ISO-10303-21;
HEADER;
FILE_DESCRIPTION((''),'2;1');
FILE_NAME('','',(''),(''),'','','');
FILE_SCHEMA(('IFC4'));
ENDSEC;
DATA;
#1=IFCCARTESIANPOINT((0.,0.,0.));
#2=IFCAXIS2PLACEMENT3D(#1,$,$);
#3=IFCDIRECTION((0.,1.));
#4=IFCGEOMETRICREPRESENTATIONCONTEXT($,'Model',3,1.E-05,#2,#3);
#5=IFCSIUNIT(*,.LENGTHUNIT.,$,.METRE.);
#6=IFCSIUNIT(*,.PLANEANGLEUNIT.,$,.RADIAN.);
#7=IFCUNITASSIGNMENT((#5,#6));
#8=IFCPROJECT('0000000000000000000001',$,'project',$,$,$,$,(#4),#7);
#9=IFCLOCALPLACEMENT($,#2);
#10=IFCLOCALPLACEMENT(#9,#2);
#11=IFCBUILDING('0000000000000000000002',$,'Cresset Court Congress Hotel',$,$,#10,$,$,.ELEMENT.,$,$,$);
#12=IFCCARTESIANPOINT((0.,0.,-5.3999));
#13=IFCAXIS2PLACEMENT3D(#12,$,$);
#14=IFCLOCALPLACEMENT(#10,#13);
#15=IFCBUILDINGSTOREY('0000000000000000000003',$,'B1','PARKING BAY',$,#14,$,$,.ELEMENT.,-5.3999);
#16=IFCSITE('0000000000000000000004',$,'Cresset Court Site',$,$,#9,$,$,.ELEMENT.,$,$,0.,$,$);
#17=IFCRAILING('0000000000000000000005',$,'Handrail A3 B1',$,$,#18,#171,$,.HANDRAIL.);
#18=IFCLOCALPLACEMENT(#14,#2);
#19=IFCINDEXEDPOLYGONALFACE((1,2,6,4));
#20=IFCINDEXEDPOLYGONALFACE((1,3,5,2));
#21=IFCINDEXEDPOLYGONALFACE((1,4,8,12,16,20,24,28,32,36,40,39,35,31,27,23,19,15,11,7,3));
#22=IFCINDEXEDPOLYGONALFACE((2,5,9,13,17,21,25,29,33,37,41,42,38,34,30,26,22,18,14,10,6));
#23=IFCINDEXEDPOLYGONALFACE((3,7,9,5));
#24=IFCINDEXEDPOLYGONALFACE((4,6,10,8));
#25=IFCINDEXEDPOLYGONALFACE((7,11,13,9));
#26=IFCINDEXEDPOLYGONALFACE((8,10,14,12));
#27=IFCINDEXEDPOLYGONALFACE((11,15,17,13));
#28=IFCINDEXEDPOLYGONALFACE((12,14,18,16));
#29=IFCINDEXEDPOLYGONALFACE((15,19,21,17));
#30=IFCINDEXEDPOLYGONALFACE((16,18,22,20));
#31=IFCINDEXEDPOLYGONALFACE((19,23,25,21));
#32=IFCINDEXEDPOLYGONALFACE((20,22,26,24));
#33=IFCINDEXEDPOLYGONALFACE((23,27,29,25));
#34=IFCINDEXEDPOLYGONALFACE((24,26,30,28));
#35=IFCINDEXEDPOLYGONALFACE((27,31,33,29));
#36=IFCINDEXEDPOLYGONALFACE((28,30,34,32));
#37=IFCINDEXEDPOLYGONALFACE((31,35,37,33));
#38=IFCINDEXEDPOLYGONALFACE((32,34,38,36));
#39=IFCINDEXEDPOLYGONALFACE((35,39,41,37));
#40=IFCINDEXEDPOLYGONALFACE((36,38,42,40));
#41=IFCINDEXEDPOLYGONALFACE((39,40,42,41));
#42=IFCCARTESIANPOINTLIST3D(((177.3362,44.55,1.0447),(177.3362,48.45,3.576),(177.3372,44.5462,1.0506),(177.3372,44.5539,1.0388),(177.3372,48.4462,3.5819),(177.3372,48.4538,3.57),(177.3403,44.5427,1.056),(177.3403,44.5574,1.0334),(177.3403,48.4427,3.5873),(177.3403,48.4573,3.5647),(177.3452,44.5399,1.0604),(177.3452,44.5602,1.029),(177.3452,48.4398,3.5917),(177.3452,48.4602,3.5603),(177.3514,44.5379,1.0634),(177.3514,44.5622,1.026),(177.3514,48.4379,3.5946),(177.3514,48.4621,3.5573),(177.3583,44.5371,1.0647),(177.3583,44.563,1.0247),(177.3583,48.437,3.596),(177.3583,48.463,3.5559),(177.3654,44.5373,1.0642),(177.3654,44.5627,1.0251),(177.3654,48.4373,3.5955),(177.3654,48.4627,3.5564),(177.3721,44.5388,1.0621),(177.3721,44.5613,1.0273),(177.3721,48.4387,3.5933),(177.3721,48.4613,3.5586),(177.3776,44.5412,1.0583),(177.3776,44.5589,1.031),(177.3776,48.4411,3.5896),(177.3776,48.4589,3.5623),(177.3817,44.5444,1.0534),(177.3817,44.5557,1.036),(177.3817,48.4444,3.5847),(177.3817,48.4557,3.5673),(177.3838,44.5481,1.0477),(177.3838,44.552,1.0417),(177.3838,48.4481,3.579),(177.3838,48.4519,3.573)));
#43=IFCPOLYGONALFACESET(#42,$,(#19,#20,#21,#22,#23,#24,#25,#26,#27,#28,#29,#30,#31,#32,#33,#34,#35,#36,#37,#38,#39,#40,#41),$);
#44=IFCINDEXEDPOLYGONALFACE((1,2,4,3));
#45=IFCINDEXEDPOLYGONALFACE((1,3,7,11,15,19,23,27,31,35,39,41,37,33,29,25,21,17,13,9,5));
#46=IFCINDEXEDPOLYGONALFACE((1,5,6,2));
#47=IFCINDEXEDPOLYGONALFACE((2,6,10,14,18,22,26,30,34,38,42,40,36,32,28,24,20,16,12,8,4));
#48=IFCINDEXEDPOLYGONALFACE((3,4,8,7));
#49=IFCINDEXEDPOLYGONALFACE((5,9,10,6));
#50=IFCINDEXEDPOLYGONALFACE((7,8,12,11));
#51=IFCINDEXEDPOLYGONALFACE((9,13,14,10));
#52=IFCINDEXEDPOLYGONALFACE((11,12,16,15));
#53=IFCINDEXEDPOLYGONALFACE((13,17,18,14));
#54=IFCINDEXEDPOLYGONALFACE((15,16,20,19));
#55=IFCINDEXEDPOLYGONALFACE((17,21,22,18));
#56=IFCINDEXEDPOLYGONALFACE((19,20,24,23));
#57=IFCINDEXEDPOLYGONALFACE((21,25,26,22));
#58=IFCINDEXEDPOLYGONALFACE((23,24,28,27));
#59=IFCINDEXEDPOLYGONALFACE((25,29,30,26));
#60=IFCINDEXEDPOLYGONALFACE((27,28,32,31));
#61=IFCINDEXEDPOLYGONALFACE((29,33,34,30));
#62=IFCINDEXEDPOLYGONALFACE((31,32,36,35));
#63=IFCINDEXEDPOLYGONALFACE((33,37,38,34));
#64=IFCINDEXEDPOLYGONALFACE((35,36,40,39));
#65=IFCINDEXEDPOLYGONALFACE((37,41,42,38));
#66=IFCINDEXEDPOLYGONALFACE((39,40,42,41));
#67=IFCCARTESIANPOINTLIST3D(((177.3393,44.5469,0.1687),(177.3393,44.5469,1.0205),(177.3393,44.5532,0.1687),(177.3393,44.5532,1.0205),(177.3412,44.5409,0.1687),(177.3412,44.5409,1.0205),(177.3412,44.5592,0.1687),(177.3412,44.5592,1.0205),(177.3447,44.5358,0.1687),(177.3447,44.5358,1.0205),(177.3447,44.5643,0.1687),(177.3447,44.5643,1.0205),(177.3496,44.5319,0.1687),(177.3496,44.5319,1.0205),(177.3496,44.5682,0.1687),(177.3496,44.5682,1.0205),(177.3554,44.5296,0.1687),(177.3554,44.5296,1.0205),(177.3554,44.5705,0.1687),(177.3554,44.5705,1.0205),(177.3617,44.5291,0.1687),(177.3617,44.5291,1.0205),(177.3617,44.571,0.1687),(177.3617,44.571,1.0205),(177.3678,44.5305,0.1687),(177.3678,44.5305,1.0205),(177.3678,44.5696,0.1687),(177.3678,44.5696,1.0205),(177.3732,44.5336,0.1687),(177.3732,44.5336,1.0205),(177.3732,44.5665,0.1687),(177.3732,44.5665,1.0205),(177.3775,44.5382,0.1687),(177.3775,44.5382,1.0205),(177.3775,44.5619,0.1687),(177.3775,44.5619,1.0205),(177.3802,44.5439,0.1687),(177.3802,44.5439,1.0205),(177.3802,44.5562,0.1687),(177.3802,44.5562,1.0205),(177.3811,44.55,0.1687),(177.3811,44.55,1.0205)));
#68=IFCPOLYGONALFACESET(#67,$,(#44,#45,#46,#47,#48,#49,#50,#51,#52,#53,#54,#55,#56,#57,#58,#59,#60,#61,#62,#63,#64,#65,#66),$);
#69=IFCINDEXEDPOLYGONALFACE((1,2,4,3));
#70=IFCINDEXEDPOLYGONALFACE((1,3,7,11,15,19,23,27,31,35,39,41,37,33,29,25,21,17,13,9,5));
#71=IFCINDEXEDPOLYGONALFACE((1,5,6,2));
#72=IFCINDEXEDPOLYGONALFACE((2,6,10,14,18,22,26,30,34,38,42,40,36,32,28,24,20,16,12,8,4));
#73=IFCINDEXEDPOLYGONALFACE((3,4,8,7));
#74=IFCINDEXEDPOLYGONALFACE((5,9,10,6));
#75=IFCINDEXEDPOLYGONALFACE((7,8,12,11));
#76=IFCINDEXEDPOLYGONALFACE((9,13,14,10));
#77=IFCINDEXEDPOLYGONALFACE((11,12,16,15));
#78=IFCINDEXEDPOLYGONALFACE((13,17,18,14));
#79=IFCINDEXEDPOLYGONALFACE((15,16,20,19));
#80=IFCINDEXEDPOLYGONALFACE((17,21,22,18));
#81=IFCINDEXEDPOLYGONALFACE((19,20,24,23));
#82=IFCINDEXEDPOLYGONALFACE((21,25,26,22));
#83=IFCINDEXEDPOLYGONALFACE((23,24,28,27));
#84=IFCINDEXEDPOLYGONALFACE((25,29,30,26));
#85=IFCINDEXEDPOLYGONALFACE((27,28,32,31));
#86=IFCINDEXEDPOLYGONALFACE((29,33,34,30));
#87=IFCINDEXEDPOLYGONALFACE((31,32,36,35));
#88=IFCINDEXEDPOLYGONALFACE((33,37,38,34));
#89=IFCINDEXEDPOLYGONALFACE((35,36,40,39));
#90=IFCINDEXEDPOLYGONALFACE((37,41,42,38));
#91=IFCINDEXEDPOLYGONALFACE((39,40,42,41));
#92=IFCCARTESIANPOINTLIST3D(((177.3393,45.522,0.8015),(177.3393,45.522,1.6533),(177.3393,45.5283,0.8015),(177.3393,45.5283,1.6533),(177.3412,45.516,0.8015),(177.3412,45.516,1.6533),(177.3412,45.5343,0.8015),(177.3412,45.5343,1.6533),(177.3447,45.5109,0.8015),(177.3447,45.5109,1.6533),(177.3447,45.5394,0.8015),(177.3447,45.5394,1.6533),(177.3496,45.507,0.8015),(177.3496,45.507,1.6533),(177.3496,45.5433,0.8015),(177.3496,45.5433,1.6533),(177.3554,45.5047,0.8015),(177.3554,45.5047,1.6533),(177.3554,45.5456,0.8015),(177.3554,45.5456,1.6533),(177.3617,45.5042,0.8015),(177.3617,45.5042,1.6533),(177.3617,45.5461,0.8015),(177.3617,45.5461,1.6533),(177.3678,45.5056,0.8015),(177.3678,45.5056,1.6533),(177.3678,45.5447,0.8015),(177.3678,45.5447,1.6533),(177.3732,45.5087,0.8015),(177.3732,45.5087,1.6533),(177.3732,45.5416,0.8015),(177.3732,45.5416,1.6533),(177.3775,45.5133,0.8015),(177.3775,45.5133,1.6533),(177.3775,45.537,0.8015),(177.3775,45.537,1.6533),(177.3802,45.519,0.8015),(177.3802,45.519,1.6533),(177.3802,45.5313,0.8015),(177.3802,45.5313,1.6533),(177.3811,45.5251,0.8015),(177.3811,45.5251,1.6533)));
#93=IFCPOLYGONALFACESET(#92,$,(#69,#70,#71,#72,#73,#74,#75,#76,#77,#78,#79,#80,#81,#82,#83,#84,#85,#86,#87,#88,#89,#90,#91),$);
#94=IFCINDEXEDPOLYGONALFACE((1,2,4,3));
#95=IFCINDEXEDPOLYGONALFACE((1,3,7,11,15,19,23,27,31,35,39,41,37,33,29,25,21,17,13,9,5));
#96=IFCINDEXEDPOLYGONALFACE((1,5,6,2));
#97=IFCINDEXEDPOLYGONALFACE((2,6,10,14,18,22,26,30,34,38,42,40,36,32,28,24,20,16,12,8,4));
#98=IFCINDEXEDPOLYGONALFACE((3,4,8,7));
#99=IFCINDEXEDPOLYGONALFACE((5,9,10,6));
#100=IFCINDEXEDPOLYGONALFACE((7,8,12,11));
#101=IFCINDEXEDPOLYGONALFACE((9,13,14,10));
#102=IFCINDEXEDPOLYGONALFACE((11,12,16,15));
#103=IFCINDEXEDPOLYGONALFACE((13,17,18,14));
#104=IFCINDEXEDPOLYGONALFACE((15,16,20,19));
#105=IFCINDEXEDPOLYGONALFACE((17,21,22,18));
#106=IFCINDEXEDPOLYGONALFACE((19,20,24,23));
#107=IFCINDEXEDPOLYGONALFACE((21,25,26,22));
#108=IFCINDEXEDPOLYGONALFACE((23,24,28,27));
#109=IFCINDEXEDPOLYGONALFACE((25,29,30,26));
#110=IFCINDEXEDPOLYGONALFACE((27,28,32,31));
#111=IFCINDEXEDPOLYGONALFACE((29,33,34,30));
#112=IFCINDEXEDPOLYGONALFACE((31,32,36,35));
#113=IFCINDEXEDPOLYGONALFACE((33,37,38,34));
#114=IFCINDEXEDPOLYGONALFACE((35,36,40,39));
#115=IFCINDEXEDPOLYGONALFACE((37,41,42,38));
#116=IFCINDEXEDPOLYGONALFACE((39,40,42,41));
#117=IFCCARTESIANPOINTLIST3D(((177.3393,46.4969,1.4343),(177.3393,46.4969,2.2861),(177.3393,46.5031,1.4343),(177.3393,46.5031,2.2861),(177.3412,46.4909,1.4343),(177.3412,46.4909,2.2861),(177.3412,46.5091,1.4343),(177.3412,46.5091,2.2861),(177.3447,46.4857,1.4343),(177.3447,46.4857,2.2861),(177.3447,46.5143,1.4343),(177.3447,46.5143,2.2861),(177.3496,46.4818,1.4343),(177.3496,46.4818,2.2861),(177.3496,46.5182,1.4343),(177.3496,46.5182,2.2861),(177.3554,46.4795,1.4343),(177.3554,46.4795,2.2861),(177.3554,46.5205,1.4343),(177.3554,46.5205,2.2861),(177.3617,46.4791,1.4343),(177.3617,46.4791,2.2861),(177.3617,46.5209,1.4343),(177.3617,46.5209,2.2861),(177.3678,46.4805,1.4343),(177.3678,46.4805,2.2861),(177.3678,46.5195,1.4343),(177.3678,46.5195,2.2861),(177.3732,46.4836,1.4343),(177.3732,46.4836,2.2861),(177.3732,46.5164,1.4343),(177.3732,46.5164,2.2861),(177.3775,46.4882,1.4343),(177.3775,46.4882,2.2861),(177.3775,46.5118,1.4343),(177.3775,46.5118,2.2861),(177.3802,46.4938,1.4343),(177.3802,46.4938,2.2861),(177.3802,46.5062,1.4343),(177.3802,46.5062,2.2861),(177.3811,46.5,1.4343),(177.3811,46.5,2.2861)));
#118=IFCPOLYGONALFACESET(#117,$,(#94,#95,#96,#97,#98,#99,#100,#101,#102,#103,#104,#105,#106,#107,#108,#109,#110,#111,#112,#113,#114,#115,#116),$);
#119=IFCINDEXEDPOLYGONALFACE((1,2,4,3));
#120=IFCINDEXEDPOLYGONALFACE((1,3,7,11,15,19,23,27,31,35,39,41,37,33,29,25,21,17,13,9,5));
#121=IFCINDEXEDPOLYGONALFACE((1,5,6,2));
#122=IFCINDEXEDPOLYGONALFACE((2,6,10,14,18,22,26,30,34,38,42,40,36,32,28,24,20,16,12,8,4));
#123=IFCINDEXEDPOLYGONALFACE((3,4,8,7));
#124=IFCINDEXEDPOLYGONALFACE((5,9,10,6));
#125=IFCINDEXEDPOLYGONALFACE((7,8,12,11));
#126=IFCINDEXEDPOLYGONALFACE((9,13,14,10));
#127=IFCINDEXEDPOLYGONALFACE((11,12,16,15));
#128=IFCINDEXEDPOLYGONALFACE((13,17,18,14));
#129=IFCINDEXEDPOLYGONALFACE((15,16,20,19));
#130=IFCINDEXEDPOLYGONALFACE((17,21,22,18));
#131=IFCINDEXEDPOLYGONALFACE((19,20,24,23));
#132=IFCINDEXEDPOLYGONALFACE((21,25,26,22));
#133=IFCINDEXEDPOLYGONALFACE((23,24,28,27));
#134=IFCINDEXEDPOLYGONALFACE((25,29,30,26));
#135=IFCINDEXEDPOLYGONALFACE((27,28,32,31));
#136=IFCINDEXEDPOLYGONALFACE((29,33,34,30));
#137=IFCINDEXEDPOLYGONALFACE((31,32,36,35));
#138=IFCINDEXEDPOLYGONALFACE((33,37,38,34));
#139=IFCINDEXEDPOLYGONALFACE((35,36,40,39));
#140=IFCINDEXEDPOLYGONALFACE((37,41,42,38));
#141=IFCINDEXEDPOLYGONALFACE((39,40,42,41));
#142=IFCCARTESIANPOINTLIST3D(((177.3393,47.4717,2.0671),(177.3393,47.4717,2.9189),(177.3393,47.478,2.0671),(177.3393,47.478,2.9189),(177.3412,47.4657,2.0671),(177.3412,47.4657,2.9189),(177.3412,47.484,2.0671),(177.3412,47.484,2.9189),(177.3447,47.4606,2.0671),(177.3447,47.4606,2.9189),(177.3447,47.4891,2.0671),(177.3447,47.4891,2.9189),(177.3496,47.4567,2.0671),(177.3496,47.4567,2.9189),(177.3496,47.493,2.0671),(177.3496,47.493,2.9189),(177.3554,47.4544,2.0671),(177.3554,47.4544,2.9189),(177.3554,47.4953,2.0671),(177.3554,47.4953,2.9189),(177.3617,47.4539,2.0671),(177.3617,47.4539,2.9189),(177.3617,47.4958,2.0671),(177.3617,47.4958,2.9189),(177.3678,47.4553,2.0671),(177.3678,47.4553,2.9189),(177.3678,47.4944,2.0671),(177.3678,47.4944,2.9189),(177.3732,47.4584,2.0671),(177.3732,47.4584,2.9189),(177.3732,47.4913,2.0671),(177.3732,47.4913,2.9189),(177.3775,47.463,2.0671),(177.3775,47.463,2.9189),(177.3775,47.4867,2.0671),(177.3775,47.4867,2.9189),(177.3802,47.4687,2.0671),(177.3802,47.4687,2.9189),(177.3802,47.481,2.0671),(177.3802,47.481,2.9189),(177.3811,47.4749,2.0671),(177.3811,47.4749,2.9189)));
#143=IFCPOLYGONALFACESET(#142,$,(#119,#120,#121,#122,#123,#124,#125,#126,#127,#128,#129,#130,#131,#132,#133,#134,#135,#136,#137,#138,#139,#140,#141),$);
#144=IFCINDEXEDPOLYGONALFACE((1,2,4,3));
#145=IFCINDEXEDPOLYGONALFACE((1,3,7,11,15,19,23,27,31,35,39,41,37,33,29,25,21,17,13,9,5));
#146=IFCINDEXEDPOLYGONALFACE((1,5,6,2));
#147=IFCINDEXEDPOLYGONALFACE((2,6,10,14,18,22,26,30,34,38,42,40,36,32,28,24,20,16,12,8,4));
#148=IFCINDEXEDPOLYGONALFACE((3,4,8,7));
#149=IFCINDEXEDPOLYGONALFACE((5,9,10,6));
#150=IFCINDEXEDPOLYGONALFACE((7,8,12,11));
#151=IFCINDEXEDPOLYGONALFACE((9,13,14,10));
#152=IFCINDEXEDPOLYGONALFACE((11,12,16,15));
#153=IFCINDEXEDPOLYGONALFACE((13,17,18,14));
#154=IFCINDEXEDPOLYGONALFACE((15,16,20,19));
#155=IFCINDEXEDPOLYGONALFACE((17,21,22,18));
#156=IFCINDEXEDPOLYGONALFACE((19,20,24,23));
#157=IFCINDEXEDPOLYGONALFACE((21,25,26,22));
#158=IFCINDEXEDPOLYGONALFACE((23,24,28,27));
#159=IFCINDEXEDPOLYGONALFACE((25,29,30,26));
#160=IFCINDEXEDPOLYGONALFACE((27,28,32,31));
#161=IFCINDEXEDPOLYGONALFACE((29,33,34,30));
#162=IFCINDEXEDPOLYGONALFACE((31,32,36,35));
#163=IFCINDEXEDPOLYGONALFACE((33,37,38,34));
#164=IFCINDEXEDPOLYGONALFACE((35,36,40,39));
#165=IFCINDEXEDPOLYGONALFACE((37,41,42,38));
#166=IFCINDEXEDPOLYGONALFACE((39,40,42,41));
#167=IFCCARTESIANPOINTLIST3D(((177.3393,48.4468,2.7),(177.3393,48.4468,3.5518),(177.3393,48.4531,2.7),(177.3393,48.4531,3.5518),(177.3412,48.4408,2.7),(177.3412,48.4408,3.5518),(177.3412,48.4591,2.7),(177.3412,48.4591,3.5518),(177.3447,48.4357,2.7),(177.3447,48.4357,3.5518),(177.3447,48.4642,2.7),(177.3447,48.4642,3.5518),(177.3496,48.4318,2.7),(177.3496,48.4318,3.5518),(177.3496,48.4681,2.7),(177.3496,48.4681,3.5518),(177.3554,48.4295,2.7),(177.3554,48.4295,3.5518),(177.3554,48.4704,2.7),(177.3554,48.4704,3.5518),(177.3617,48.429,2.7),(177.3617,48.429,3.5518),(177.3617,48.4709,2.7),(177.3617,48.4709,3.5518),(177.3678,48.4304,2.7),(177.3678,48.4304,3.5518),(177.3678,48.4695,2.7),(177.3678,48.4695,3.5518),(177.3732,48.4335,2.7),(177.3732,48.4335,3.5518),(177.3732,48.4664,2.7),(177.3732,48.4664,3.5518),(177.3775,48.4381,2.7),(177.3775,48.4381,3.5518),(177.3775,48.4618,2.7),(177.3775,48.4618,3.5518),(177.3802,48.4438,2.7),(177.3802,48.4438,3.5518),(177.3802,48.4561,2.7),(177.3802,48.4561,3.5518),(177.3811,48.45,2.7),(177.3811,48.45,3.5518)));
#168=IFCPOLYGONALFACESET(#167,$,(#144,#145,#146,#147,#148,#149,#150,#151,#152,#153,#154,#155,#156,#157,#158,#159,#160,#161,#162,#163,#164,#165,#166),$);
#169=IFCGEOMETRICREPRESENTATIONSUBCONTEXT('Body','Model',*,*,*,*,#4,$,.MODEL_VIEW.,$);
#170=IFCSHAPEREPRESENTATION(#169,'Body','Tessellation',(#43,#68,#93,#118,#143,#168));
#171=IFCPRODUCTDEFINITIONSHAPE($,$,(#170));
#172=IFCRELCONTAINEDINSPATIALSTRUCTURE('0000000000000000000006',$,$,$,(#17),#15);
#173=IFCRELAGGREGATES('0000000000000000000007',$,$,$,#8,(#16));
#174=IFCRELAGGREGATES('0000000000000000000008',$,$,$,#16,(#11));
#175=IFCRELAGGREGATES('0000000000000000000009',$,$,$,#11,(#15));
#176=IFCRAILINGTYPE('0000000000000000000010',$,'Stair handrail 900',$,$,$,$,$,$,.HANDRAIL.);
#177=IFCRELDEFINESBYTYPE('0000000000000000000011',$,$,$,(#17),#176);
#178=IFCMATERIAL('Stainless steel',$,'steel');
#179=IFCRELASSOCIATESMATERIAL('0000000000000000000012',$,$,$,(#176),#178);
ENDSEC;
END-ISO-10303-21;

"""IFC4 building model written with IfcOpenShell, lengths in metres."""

from ifc_helpers import new_model, si_unit, direction, frame, origin, origin_2d, place, context, subcontext, project, spatial, circle, extrude, material, type_object, element, save


model = new_model("IFC4")

# Units and contexts
model_context = context("Model", 3, precision=1e-05, world=origin(), true_north=direction((0.0, 1.0)))
body_context = subcontext(model_context, "Body", "Model", "MODEL_VIEW")
ifc_project = project(units=[si_unit("LENGTHUNIT", "METRE"), si_unit("PLANEANGLEUNIT", "RADIAN")], contexts=[model_context])

# Site, building, storey
site_placement = place(None, origin())
site = spatial("IfcSite", under=ifc_project, at=site_placement, Name="Cresset Court Site", CompositionType="ELEMENT", RefElevation=0.0)
building_placement = place(site_placement, origin())
building = spatial("IfcBuilding", under=site, at=building_placement, Name="Cresset Court Congress Hotel", CompositionType="ELEMENT")
storey_placement = place(building_placement, frame((0.0, 0.0, -5.3999)))
storey = spatial("IfcBuildingStorey", under=building, at=storey_placement, Name="B1", Description="PARKING BAY", CompositionType="ELEMENT", Elevation=-5.3999)

# Railing
ifc_material_1 = material(Name="Stainless steel", Category="steel")
railing_type_1 = type_object("IfcRailingType", Name="Stair handrail 900", PredefinedType="HANDRAIL", material=ifc_material_1)
for number, where, name in (
    (1, (177.3601, 44.55, 0.1687), "Handrail A3 B1"),
):
    element("IfcRailing", number, at=place(storey_placement, frame(where)), inside=storey, type_object=railing_type_1, Name=name, PredefinedType="HANDRAIL", context=body_context, shape_type="SweptSolid", body=[
        extrude(circle(Radius=0.0239, at=origin_2d()), frame((0.0, 0.0, 0.876), z_axis=(0.0, 0.838806, 0.544431), x_axis=(-1.0, 0.0, 0.0)), (0.0, 0.0, 1.0), 4.6494),
        extrude(circle(Radius=0.021, at=origin_2d()), origin(), (0.0, 0.0, 1.0), 0.8518),
        extrude(circle(Radius=0.021, at=origin_2d()), frame((0.0, 0.9751, 0.6328)), (0.0, 0.0, 1.0), 0.8518),
        extrude(circle(Radius=0.021, at=origin_2d()), frame((0.0, 1.95, 1.2656)), (0.0, 0.0, 1.0), 0.8518),
        extrude(circle(Radius=0.021, at=origin_2d()), frame((0.0, 2.9248, 1.8984)), (0.0, 0.0, 1.0), 0.8518),
        extrude(circle(Radius=0.021, at=origin_2d()), frame((0.0, 3.8999, 2.5312)), (0.0, 0.0, 1.0), 0.8518),
    ])

save(model, "model.ifc")
